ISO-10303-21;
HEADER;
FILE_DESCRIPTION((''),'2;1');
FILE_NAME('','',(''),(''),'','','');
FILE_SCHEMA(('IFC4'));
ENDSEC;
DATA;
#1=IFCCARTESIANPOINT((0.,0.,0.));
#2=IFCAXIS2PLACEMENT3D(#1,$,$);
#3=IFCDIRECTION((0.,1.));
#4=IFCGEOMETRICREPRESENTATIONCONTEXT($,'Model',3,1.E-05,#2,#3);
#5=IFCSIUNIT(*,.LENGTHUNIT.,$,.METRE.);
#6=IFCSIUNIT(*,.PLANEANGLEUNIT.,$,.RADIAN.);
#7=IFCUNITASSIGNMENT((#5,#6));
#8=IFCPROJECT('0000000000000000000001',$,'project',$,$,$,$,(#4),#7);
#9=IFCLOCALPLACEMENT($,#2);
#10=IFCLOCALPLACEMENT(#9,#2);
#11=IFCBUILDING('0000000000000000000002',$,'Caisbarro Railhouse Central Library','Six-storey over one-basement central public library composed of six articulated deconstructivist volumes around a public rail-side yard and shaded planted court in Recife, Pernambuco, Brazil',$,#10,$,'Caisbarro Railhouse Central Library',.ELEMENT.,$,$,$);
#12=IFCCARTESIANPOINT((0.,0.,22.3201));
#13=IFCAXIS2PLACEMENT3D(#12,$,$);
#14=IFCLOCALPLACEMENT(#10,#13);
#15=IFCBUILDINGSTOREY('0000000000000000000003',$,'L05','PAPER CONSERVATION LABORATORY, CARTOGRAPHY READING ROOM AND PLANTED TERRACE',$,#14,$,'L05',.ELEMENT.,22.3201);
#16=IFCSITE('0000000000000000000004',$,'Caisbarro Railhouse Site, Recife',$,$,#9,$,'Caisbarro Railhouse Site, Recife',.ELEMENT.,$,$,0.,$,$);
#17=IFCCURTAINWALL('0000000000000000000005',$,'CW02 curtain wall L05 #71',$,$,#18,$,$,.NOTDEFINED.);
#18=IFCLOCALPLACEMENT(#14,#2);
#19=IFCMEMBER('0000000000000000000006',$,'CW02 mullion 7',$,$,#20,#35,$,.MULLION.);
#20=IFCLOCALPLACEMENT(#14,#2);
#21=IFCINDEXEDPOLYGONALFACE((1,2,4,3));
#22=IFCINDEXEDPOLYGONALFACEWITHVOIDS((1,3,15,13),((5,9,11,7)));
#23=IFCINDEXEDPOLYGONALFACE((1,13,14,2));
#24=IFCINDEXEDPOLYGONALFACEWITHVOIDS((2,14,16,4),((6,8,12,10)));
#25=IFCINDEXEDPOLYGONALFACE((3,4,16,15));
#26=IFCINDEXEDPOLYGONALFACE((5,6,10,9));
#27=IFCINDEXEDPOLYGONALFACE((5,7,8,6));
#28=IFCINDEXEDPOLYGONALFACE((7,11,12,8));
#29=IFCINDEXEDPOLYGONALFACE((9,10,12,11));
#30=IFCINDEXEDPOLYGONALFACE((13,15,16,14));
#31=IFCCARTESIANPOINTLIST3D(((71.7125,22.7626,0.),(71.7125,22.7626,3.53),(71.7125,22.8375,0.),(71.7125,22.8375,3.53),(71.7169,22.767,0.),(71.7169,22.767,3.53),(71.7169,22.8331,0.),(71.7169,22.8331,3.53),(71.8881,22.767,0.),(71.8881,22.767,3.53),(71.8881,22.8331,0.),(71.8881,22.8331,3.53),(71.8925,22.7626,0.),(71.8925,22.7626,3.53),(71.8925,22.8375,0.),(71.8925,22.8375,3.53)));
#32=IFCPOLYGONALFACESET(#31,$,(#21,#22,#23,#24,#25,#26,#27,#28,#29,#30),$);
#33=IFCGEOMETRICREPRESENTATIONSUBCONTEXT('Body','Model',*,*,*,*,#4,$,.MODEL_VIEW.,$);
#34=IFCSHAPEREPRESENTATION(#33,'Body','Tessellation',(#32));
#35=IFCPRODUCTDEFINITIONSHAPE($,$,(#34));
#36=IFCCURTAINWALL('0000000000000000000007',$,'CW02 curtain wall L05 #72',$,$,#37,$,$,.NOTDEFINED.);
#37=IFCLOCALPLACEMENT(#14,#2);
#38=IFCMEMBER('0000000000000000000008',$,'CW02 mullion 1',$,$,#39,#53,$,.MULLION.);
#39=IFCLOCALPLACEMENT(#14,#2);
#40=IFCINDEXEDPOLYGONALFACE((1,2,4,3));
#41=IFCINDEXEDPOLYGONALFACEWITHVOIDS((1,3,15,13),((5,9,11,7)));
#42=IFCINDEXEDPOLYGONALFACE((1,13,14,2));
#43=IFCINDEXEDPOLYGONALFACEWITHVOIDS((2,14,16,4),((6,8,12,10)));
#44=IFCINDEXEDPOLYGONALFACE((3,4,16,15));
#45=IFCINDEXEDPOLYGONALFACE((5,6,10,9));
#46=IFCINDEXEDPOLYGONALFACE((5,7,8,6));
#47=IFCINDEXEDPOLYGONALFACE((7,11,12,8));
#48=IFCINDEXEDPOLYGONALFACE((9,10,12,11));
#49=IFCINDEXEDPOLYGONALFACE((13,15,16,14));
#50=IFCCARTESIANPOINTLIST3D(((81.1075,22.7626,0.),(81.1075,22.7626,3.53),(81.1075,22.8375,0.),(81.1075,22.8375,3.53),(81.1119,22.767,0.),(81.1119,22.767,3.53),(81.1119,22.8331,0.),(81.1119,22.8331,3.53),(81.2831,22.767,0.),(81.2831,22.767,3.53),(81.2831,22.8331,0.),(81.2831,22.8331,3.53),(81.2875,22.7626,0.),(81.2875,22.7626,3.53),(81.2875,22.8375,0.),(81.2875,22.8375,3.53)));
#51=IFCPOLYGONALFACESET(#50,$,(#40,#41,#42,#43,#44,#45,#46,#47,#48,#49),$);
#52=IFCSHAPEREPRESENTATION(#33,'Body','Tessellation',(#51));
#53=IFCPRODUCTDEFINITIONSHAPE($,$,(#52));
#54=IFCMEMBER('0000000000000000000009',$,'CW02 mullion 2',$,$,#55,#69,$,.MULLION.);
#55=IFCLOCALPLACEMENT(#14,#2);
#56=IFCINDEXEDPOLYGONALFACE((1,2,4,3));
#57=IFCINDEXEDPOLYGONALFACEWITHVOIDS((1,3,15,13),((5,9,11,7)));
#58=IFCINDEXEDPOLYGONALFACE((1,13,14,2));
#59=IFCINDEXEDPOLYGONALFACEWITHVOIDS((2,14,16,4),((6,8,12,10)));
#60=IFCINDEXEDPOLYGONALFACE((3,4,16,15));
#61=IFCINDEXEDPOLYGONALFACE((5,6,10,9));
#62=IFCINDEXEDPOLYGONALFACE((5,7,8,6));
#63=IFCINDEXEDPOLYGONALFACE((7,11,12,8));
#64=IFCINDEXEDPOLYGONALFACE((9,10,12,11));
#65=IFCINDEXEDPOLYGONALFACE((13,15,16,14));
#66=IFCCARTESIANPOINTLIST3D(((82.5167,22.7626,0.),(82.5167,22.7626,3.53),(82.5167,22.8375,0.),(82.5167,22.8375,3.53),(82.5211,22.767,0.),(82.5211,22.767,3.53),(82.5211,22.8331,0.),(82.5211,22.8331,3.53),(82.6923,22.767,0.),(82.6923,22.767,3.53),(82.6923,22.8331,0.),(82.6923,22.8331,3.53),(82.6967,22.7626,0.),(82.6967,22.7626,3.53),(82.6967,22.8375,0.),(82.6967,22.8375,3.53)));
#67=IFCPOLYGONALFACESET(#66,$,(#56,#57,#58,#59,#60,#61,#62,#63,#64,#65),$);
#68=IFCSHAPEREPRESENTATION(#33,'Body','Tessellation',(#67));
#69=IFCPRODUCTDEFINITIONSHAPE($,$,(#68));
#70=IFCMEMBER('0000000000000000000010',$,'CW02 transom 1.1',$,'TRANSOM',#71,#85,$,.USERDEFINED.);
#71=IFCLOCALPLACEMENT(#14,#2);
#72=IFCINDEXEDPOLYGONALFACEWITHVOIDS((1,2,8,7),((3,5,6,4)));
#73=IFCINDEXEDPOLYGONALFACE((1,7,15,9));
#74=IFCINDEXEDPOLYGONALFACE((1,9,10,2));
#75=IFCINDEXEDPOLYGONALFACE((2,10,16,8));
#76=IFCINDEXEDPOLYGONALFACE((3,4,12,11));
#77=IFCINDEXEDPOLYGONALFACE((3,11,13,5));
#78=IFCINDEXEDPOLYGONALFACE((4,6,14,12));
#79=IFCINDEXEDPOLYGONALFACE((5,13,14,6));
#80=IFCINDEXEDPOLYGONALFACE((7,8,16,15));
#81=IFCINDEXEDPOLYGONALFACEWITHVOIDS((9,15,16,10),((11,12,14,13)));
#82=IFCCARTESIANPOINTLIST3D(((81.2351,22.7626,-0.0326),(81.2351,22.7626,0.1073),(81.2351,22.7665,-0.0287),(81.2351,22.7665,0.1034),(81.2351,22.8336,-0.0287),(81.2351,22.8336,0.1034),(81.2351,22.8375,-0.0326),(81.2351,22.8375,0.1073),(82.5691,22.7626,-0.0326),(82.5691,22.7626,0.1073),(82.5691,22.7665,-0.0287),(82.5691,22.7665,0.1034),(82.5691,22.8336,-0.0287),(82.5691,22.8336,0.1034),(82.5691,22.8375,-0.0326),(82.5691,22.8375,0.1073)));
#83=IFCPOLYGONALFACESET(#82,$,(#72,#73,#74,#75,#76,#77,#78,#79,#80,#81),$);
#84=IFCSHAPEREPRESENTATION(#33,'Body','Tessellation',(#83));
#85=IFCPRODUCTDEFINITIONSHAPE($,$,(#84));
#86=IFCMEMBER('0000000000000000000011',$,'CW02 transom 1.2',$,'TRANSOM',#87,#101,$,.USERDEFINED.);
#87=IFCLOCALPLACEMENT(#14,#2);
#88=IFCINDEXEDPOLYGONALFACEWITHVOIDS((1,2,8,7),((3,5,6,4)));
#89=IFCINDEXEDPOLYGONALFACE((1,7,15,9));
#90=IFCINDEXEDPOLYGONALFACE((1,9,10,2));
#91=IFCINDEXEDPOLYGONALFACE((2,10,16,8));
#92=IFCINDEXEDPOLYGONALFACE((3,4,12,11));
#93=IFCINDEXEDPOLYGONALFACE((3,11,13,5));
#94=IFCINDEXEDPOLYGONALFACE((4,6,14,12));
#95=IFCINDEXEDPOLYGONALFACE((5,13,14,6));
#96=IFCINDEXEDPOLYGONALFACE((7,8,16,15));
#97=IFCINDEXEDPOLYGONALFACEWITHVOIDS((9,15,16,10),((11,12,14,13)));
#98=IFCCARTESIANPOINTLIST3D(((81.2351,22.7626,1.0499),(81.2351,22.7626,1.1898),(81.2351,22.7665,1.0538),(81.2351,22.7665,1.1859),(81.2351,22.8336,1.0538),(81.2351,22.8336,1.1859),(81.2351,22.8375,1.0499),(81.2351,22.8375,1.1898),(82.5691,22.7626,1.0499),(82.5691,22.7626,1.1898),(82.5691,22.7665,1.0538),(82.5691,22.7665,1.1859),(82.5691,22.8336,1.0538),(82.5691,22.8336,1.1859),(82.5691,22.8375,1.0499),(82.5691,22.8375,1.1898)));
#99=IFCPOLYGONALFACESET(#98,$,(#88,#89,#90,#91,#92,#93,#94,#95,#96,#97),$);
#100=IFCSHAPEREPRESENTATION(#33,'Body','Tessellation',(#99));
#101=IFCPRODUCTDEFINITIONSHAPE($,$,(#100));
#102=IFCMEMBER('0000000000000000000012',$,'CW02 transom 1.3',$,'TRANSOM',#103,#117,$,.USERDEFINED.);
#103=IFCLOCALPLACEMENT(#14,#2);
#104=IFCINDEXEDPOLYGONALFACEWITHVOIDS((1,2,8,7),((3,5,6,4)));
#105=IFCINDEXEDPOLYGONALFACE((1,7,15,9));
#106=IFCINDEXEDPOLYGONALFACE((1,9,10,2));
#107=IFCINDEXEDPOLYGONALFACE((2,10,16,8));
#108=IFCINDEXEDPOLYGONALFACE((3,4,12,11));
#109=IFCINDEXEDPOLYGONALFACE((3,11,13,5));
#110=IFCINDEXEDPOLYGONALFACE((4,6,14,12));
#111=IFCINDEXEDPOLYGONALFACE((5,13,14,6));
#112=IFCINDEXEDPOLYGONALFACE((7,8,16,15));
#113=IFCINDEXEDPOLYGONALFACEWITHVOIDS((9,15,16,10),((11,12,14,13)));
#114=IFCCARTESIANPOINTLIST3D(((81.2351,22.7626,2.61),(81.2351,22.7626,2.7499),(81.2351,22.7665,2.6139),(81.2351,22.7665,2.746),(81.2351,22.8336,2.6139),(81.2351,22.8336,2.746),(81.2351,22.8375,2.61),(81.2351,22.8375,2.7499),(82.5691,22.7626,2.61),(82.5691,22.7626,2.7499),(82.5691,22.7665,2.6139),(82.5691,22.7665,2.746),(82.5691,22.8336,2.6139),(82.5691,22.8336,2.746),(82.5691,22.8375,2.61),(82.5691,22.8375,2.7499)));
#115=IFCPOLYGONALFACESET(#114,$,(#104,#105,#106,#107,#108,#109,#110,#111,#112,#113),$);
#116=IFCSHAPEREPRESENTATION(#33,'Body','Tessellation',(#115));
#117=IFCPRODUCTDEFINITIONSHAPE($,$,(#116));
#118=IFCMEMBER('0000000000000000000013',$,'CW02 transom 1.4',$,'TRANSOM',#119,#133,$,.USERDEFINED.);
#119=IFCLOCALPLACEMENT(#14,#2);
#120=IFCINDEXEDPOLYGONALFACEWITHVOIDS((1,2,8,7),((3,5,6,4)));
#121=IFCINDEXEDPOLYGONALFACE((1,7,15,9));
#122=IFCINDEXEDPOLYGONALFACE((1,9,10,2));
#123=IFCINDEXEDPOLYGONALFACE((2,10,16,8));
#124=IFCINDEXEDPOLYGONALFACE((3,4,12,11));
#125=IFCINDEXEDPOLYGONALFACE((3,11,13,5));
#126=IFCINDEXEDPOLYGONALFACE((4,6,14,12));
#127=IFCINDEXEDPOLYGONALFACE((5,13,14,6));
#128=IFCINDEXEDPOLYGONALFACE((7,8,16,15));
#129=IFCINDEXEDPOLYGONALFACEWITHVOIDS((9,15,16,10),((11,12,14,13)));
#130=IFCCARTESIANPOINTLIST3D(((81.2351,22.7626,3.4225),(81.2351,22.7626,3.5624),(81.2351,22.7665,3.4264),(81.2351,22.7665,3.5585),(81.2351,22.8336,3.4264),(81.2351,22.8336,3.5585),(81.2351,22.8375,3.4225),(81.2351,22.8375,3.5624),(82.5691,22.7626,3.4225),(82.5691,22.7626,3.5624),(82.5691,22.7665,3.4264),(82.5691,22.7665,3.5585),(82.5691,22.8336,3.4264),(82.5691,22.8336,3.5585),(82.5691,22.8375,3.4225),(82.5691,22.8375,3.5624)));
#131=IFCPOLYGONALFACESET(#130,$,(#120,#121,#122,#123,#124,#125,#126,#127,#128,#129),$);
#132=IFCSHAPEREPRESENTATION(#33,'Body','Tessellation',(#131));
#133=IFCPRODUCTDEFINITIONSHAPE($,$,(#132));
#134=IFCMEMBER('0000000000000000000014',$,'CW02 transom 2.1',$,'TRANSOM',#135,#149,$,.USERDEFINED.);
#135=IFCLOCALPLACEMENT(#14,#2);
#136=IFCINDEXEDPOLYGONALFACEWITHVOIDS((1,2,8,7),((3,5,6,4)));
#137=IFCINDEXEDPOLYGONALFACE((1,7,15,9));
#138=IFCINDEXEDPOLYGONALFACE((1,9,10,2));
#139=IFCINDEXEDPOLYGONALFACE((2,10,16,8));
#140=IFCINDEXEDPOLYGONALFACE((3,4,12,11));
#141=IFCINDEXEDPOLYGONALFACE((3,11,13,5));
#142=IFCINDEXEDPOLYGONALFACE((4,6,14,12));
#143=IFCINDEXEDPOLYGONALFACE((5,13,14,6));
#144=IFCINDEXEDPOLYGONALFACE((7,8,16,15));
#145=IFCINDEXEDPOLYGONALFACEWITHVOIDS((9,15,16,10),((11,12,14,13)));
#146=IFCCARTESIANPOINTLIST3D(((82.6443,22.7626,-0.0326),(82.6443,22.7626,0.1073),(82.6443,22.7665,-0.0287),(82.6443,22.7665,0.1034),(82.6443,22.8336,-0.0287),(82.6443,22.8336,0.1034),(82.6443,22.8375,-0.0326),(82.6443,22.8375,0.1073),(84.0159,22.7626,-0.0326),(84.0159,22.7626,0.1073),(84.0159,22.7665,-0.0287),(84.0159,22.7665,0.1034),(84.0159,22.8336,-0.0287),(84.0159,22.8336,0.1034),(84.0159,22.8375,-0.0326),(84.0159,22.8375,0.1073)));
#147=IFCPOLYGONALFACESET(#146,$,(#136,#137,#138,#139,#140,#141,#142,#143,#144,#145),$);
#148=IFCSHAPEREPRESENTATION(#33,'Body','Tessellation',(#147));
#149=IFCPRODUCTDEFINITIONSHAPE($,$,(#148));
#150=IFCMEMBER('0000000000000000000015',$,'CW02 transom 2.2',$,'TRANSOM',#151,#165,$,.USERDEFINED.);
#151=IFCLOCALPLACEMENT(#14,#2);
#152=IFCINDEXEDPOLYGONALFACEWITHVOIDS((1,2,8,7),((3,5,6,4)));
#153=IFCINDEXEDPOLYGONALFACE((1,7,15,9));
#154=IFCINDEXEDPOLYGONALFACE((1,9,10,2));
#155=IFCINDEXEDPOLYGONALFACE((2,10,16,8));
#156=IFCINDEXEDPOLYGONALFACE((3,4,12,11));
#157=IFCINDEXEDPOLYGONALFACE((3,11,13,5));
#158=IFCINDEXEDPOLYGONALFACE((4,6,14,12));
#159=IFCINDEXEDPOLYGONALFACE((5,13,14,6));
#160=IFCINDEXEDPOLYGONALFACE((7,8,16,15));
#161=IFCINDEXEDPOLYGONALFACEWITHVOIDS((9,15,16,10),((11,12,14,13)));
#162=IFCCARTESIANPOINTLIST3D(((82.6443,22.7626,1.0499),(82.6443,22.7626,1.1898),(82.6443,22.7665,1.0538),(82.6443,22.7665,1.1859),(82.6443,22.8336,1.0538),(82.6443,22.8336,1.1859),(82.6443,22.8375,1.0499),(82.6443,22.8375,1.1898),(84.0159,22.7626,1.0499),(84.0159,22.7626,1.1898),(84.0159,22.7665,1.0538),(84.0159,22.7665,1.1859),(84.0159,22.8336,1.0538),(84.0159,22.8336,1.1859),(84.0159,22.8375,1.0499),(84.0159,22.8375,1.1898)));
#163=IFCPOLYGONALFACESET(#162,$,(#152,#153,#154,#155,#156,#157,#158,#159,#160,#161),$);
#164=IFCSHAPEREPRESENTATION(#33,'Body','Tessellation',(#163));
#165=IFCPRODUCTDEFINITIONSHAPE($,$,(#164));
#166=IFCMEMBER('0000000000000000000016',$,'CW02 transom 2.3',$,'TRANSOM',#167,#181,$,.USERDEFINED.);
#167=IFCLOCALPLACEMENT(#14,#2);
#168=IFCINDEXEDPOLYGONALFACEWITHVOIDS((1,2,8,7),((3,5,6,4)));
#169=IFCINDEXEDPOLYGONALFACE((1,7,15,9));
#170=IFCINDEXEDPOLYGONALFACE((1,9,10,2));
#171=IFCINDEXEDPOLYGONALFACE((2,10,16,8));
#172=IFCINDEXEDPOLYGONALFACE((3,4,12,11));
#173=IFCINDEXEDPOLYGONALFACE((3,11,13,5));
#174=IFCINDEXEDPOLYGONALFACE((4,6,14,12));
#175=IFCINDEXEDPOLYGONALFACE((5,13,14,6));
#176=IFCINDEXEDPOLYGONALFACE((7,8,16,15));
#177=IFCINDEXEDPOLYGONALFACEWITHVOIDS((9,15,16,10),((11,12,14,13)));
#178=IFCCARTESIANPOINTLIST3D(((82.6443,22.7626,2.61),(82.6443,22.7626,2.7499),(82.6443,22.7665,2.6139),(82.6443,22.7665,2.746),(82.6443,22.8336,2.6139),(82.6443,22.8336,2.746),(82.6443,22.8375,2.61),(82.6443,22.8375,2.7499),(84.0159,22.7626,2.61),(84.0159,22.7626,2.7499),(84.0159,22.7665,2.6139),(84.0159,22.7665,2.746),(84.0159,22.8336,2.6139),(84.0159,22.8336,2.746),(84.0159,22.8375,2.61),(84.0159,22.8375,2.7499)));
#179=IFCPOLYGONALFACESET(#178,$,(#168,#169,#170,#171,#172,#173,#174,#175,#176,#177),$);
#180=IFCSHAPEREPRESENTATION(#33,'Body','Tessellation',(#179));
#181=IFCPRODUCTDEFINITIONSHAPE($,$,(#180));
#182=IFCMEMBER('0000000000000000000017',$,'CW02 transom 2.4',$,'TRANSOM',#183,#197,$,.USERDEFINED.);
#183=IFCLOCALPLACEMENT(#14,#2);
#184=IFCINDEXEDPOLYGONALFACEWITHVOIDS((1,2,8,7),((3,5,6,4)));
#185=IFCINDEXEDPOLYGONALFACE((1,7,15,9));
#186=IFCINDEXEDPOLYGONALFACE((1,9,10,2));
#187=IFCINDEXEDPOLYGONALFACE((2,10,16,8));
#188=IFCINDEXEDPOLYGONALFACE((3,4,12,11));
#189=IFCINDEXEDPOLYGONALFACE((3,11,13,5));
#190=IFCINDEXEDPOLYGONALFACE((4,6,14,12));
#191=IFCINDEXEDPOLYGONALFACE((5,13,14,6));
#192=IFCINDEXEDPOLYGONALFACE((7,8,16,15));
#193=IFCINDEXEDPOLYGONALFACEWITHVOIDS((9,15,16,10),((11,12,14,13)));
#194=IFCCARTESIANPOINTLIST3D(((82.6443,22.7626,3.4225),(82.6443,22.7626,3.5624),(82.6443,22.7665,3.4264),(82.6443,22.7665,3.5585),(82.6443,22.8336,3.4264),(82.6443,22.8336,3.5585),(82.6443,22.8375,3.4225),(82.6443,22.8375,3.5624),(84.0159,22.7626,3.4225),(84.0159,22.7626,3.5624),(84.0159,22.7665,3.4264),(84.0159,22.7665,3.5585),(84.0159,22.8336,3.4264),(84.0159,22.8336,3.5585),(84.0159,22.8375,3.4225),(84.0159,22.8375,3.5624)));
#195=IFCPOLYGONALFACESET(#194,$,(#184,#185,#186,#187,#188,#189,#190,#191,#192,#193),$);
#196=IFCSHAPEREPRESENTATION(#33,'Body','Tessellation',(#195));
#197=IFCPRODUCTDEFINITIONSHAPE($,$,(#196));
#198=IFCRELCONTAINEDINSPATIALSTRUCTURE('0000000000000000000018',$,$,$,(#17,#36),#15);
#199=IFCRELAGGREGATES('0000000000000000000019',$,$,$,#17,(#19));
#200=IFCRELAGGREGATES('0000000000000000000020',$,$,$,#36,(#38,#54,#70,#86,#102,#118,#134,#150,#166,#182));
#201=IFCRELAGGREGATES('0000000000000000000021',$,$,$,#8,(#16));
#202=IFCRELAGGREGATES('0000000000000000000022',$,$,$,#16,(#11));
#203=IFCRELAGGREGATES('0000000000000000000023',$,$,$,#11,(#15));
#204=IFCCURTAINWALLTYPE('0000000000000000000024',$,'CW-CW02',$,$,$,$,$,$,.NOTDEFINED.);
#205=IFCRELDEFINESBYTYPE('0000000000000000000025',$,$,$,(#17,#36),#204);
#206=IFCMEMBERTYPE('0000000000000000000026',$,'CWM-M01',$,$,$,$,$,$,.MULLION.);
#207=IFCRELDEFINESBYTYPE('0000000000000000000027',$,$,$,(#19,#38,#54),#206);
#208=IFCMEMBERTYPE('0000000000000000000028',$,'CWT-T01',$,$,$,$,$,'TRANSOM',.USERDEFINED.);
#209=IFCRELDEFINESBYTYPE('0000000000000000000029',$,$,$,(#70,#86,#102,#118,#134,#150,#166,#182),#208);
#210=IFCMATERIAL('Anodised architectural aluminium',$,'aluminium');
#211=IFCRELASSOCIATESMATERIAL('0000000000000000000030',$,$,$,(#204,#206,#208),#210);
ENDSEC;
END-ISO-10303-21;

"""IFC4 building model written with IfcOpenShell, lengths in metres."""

from ifc_helpers import new_model, si_unit, direction, frame, origin, origin_2d, place, context, subcontext, project, spatial, hollow_rectangle, extrude, material, material_profile, profile_set, type_object, element, aggregate, save


model = new_model("IFC4")

# Units and contexts
model_context = context("Model", 3, precision=1e-05, world=origin(), true_north=direction((0.0, 1.0)))
body_context = subcontext(model_context, "Body", "Model", "MODEL_VIEW")
ifc_project = project(units=[si_unit("LENGTHUNIT", "METRE"), si_unit("PLANEANGLEUNIT", "RADIAN")], contexts=[model_context])

# Site, building, storey
site_placement = place(None, origin())
site = spatial("IfcSite", under=ifc_project, at=site_placement, Name="Caisbarro Railhouse Site, Recife", LongName="Caisbarro Railhouse Site, Recife", CompositionType="ELEMENT", RefElevation=0.0)
building_placement = place(site_placement, origin())
building = spatial("IfcBuilding", under=site, at=building_placement, Name="Caisbarro Railhouse Central Library", Description="Six-storey over one-basement central public library composed of six articulated deconstructivist volumes around a public rail-side yard and shaded planted court in Recife, Pernambuco, Brazil", LongName="Caisbarro Railhouse Central Library", CompositionType="ELEMENT")
storey_placement = place(building_placement, frame((0.0, 0.0, 22.3201)))
storey = spatial("IfcBuildingStorey", under=building, at=storey_placement, Name="L05", Description="PAPER CONSERVATION LABORATORY, CARTOGRAPHY READING ROOM AND PLANTED TERRACE", LongName="L05", CompositionType="ELEMENT", Elevation=22.3201)

# Curtain wall, member
ifc_material_1 = material(Name="Anodised architectural aluminium", Category="aluminium")
curtain_wall_type = type_object("IfcCurtainWallType", Name="CW-CW02", PredefinedType="NOTDEFINED", material=ifc_material_1)
curtain_wall_1_placement = place(storey_placement, origin())
curtain_wall_1 = element("IfcCurtainWall", 1, at=curtain_wall_1_placement, inside=storey, type_object=curtain_wall_type, Name="CW02 curtain wall L05 #71", PredefinedType="NOTDEFINED")
ifc_material_profile_1 = material_profile(ifc_material_1, hollow_rectangle(XDim=0.075, YDim=0.1799, WallThickness=0.0044, at=origin_2d()), Name="ALU-MUL-75X180")
ifc_profile_set_1 = profile_set([ifc_material_profile_1], Name="Anodised architectural aluminium")
member_type_1 = type_object("IfcMemberType", Name="CWM-M01", PredefinedType="MULLION", material=ifc_profile_set_1)
member_1_placement = place(storey_placement, frame((71.8025, 22.8, 0.0), z_axis=(0.0, 0.0, 1.0), x_axis=(0.0, 1.0, 0.0)))
member_1 = element("IfcMember", 2, at=member_1_placement, type_object=member_type_1, Name="CW02 mullion 7", PredefinedType="MULLION", context=body_context, shape_type="SweptSolid", body=[
    extrude(hollow_rectangle(XDim=0.075, YDim=0.1799, WallThickness=0.0044, at=origin_2d()), origin(), (0.0, 0.0, 1.0), 3.53),
])

# Curtain wall, members
curtain_wall_2_placement = place(storey_placement, origin())
curtain_wall_2 = element("IfcCurtainWall", 3, at=curtain_wall_2_placement, inside=storey, type_object=curtain_wall_type, Name="CW02 curtain wall L05 #72", PredefinedType="NOTDEFINED")
member_2_placement = place(storey_placement, frame((81.1975, 22.8, 0.0), z_axis=(0.0, 0.0, 1.0), x_axis=(0.0, 1.0, 0.0)))
member_2 = element("IfcMember", 4, at=member_2_placement, type_object=member_type_1, Name="CW02 mullion 1", PredefinedType="MULLION", context=body_context, shape_type="SweptSolid", body=[
    extrude(hollow_rectangle(XDim=0.075, YDim=0.1799, WallThickness=0.0044, at=origin_2d()), origin(), (0.0, 0.0, 1.0), 3.53),
])
member_3_placement = place(storey_placement, frame((82.6067, 22.8, 0.0), z_axis=(0.0, 0.0, 1.0), x_axis=(0.0, 1.0, 0.0)))
member_3 = element("IfcMember", 5, at=member_3_placement, type_object=member_type_1, Name="CW02 mullion 2", PredefinedType="MULLION", context=body_context, shape_type="SweptSolid", body=[
    extrude(hollow_rectangle(XDim=0.075, YDim=0.1799, WallThickness=0.0044, at=origin_2d()), origin(), (0.0, 0.0, 1.0), 3.53),
])
ifc_material_profile_2 = material_profile(ifc_material_1, hollow_rectangle(XDim=0.075, YDim=0.1399, WallThickness=0.0039, at=origin_2d()), Name="ALU-TRN-75X140")
ifc_profile_set_2 = profile_set([ifc_material_profile_2], Name="Anodised architectural aluminium")
member_type_2 = type_object("IfcMemberType", Name="CWT-T01", ElementType="TRANSOM", PredefinedType="USERDEFINED", material=ifc_profile_set_2)
member_4_placement = place(storey_placement, frame((81.2351, 22.8, 0.0374), z_axis=(1.0, 0.0, 0.0), x_axis=(0.0, 1.0, 0.0)))
member_4 = element("IfcMember", 6, at=member_4_placement, type_object=member_type_2, Name="CW02 transom 1.1", ObjectType="TRANSOM", PredefinedType="USERDEFINED", context=body_context, shape_type="SweptSolid", body=[
    extrude(hollow_rectangle(XDim=0.075, YDim=0.1399, WallThickness=0.0039, at=origin_2d()), origin(), (0.0, 0.0, 1.0), 1.334),
])
member_5_placement = place(storey_placement, frame((81.2351, 22.8, 1.1199), z_axis=(1.0, 0.0, 0.0), x_axis=(0.0, 1.0, 0.0)))
member_5 = element("IfcMember", 7, at=member_5_placement, type_object=member_type_2, Name="CW02 transom 1.2", ObjectType="TRANSOM", PredefinedType="USERDEFINED", context=body_context, shape_type="SweptSolid", body=[
    extrude(hollow_rectangle(XDim=0.075, YDim=0.1399, WallThickness=0.0039, at=origin_2d()), origin(), (0.0, 0.0, 1.0), 1.334),
])
member_6_placement = place(storey_placement, frame((81.2351, 22.8, 2.6799), z_axis=(1.0, 0.0, 0.0), x_axis=(0.0, 1.0, 0.0)))
member_6 = element("IfcMember", 8, at=member_6_placement, type_object=member_type_2, Name="CW02 transom 1.3", ObjectType="TRANSOM", PredefinedType="USERDEFINED", context=body_context, shape_type="SweptSolid", body=[
    extrude(hollow_rectangle(XDim=0.075, YDim=0.1399, WallThickness=0.0039, at=origin_2d()), origin(), (0.0, 0.0, 1.0), 1.334),
])
member_7_placement = place(storey_placement, frame((81.2351, 22.8, 3.4924), z_axis=(1.0, 0.0, 0.0), x_axis=(0.0, 1.0, 0.0)))
member_7 = element("IfcMember", 9, at=member_7_placement, type_object=member_type_2, Name="CW02 transom 1.4", ObjectType="TRANSOM", PredefinedType="USERDEFINED", context=body_context, shape_type="SweptSolid", body=[
    extrude(hollow_rectangle(XDim=0.075, YDim=0.1399, WallThickness=0.0039, at=origin_2d()), origin(), (0.0, 0.0, 1.0), 1.334),
])
member_8_placement = place(storey_placement, frame((82.6443, 22.8, 0.0374), z_axis=(1.0, 0.0, 0.0), x_axis=(0.0, 1.0, 0.0)))
member_8 = element("IfcMember", 10, at=member_8_placement, type_object=member_type_2, Name="CW02 transom 2.1", ObjectType="TRANSOM", PredefinedType="USERDEFINED", context=body_context, shape_type="SweptSolid", body=[
    extrude(hollow_rectangle(XDim=0.075, YDim=0.1399, WallThickness=0.0039, at=origin_2d()), origin(), (0.0, 0.0, 1.0), 1.3716),
])
member_9_placement = place(storey_placement, frame((82.6443, 22.8, 1.1199), z_axis=(1.0, 0.0, 0.0), x_axis=(0.0, 1.0, 0.0)))
member_9 = element("IfcMember", 11, at=member_9_placement, type_object=member_type_2, Name="CW02 transom 2.2", ObjectType="TRANSOM", PredefinedType="USERDEFINED", context=body_context, shape_type="SweptSolid", body=[
    extrude(hollow_rectangle(XDim=0.075, YDim=0.1399, WallThickness=0.0039, at=origin_2d()), origin(), (0.0, 0.0, 1.0), 1.3716),
])
member_10_placement = place(storey_placement, frame((82.6443, 22.8, 2.6799), z_axis=(1.0, 0.0, 0.0), x_axis=(0.0, 1.0, 0.0)))
member_10 = element("IfcMember", 12, at=member_10_placement, type_object=member_type_2, Name="CW02 transom 2.3", ObjectType="TRANSOM", PredefinedType="USERDEFINED", context=body_context, shape_type="SweptSolid", body=[
    extrude(hollow_rectangle(XDim=0.075, YDim=0.1399, WallThickness=0.0039, at=origin_2d()), origin(), (0.0, 0.0, 1.0), 1.3716),
])
member_11_placement = place(storey_placement, frame((82.6443, 22.8, 3.4924), z_axis=(1.0, 0.0, 0.0), x_axis=(0.0, 1.0, 0.0)))
member_11 = element("IfcMember", 13, at=member_11_placement, type_object=member_type_2, Name="CW02 transom 2.4", ObjectType="TRANSOM", PredefinedType="USERDEFINED", context=body_context, shape_type="SweptSolid", body=[
    extrude(hollow_rectangle(XDim=0.075, YDim=0.1399, WallThickness=0.0039, at=origin_2d()), origin(), (0.0, 0.0, 1.0), 1.3716),
])

aggregate(curtain_wall_1, [member_1])
aggregate(curtain_wall_2, [member_2, member_3, member_4, member_5, member_6, member_7, member_8, member_9, member_10, member_11])

save(model, "model.ifc")
